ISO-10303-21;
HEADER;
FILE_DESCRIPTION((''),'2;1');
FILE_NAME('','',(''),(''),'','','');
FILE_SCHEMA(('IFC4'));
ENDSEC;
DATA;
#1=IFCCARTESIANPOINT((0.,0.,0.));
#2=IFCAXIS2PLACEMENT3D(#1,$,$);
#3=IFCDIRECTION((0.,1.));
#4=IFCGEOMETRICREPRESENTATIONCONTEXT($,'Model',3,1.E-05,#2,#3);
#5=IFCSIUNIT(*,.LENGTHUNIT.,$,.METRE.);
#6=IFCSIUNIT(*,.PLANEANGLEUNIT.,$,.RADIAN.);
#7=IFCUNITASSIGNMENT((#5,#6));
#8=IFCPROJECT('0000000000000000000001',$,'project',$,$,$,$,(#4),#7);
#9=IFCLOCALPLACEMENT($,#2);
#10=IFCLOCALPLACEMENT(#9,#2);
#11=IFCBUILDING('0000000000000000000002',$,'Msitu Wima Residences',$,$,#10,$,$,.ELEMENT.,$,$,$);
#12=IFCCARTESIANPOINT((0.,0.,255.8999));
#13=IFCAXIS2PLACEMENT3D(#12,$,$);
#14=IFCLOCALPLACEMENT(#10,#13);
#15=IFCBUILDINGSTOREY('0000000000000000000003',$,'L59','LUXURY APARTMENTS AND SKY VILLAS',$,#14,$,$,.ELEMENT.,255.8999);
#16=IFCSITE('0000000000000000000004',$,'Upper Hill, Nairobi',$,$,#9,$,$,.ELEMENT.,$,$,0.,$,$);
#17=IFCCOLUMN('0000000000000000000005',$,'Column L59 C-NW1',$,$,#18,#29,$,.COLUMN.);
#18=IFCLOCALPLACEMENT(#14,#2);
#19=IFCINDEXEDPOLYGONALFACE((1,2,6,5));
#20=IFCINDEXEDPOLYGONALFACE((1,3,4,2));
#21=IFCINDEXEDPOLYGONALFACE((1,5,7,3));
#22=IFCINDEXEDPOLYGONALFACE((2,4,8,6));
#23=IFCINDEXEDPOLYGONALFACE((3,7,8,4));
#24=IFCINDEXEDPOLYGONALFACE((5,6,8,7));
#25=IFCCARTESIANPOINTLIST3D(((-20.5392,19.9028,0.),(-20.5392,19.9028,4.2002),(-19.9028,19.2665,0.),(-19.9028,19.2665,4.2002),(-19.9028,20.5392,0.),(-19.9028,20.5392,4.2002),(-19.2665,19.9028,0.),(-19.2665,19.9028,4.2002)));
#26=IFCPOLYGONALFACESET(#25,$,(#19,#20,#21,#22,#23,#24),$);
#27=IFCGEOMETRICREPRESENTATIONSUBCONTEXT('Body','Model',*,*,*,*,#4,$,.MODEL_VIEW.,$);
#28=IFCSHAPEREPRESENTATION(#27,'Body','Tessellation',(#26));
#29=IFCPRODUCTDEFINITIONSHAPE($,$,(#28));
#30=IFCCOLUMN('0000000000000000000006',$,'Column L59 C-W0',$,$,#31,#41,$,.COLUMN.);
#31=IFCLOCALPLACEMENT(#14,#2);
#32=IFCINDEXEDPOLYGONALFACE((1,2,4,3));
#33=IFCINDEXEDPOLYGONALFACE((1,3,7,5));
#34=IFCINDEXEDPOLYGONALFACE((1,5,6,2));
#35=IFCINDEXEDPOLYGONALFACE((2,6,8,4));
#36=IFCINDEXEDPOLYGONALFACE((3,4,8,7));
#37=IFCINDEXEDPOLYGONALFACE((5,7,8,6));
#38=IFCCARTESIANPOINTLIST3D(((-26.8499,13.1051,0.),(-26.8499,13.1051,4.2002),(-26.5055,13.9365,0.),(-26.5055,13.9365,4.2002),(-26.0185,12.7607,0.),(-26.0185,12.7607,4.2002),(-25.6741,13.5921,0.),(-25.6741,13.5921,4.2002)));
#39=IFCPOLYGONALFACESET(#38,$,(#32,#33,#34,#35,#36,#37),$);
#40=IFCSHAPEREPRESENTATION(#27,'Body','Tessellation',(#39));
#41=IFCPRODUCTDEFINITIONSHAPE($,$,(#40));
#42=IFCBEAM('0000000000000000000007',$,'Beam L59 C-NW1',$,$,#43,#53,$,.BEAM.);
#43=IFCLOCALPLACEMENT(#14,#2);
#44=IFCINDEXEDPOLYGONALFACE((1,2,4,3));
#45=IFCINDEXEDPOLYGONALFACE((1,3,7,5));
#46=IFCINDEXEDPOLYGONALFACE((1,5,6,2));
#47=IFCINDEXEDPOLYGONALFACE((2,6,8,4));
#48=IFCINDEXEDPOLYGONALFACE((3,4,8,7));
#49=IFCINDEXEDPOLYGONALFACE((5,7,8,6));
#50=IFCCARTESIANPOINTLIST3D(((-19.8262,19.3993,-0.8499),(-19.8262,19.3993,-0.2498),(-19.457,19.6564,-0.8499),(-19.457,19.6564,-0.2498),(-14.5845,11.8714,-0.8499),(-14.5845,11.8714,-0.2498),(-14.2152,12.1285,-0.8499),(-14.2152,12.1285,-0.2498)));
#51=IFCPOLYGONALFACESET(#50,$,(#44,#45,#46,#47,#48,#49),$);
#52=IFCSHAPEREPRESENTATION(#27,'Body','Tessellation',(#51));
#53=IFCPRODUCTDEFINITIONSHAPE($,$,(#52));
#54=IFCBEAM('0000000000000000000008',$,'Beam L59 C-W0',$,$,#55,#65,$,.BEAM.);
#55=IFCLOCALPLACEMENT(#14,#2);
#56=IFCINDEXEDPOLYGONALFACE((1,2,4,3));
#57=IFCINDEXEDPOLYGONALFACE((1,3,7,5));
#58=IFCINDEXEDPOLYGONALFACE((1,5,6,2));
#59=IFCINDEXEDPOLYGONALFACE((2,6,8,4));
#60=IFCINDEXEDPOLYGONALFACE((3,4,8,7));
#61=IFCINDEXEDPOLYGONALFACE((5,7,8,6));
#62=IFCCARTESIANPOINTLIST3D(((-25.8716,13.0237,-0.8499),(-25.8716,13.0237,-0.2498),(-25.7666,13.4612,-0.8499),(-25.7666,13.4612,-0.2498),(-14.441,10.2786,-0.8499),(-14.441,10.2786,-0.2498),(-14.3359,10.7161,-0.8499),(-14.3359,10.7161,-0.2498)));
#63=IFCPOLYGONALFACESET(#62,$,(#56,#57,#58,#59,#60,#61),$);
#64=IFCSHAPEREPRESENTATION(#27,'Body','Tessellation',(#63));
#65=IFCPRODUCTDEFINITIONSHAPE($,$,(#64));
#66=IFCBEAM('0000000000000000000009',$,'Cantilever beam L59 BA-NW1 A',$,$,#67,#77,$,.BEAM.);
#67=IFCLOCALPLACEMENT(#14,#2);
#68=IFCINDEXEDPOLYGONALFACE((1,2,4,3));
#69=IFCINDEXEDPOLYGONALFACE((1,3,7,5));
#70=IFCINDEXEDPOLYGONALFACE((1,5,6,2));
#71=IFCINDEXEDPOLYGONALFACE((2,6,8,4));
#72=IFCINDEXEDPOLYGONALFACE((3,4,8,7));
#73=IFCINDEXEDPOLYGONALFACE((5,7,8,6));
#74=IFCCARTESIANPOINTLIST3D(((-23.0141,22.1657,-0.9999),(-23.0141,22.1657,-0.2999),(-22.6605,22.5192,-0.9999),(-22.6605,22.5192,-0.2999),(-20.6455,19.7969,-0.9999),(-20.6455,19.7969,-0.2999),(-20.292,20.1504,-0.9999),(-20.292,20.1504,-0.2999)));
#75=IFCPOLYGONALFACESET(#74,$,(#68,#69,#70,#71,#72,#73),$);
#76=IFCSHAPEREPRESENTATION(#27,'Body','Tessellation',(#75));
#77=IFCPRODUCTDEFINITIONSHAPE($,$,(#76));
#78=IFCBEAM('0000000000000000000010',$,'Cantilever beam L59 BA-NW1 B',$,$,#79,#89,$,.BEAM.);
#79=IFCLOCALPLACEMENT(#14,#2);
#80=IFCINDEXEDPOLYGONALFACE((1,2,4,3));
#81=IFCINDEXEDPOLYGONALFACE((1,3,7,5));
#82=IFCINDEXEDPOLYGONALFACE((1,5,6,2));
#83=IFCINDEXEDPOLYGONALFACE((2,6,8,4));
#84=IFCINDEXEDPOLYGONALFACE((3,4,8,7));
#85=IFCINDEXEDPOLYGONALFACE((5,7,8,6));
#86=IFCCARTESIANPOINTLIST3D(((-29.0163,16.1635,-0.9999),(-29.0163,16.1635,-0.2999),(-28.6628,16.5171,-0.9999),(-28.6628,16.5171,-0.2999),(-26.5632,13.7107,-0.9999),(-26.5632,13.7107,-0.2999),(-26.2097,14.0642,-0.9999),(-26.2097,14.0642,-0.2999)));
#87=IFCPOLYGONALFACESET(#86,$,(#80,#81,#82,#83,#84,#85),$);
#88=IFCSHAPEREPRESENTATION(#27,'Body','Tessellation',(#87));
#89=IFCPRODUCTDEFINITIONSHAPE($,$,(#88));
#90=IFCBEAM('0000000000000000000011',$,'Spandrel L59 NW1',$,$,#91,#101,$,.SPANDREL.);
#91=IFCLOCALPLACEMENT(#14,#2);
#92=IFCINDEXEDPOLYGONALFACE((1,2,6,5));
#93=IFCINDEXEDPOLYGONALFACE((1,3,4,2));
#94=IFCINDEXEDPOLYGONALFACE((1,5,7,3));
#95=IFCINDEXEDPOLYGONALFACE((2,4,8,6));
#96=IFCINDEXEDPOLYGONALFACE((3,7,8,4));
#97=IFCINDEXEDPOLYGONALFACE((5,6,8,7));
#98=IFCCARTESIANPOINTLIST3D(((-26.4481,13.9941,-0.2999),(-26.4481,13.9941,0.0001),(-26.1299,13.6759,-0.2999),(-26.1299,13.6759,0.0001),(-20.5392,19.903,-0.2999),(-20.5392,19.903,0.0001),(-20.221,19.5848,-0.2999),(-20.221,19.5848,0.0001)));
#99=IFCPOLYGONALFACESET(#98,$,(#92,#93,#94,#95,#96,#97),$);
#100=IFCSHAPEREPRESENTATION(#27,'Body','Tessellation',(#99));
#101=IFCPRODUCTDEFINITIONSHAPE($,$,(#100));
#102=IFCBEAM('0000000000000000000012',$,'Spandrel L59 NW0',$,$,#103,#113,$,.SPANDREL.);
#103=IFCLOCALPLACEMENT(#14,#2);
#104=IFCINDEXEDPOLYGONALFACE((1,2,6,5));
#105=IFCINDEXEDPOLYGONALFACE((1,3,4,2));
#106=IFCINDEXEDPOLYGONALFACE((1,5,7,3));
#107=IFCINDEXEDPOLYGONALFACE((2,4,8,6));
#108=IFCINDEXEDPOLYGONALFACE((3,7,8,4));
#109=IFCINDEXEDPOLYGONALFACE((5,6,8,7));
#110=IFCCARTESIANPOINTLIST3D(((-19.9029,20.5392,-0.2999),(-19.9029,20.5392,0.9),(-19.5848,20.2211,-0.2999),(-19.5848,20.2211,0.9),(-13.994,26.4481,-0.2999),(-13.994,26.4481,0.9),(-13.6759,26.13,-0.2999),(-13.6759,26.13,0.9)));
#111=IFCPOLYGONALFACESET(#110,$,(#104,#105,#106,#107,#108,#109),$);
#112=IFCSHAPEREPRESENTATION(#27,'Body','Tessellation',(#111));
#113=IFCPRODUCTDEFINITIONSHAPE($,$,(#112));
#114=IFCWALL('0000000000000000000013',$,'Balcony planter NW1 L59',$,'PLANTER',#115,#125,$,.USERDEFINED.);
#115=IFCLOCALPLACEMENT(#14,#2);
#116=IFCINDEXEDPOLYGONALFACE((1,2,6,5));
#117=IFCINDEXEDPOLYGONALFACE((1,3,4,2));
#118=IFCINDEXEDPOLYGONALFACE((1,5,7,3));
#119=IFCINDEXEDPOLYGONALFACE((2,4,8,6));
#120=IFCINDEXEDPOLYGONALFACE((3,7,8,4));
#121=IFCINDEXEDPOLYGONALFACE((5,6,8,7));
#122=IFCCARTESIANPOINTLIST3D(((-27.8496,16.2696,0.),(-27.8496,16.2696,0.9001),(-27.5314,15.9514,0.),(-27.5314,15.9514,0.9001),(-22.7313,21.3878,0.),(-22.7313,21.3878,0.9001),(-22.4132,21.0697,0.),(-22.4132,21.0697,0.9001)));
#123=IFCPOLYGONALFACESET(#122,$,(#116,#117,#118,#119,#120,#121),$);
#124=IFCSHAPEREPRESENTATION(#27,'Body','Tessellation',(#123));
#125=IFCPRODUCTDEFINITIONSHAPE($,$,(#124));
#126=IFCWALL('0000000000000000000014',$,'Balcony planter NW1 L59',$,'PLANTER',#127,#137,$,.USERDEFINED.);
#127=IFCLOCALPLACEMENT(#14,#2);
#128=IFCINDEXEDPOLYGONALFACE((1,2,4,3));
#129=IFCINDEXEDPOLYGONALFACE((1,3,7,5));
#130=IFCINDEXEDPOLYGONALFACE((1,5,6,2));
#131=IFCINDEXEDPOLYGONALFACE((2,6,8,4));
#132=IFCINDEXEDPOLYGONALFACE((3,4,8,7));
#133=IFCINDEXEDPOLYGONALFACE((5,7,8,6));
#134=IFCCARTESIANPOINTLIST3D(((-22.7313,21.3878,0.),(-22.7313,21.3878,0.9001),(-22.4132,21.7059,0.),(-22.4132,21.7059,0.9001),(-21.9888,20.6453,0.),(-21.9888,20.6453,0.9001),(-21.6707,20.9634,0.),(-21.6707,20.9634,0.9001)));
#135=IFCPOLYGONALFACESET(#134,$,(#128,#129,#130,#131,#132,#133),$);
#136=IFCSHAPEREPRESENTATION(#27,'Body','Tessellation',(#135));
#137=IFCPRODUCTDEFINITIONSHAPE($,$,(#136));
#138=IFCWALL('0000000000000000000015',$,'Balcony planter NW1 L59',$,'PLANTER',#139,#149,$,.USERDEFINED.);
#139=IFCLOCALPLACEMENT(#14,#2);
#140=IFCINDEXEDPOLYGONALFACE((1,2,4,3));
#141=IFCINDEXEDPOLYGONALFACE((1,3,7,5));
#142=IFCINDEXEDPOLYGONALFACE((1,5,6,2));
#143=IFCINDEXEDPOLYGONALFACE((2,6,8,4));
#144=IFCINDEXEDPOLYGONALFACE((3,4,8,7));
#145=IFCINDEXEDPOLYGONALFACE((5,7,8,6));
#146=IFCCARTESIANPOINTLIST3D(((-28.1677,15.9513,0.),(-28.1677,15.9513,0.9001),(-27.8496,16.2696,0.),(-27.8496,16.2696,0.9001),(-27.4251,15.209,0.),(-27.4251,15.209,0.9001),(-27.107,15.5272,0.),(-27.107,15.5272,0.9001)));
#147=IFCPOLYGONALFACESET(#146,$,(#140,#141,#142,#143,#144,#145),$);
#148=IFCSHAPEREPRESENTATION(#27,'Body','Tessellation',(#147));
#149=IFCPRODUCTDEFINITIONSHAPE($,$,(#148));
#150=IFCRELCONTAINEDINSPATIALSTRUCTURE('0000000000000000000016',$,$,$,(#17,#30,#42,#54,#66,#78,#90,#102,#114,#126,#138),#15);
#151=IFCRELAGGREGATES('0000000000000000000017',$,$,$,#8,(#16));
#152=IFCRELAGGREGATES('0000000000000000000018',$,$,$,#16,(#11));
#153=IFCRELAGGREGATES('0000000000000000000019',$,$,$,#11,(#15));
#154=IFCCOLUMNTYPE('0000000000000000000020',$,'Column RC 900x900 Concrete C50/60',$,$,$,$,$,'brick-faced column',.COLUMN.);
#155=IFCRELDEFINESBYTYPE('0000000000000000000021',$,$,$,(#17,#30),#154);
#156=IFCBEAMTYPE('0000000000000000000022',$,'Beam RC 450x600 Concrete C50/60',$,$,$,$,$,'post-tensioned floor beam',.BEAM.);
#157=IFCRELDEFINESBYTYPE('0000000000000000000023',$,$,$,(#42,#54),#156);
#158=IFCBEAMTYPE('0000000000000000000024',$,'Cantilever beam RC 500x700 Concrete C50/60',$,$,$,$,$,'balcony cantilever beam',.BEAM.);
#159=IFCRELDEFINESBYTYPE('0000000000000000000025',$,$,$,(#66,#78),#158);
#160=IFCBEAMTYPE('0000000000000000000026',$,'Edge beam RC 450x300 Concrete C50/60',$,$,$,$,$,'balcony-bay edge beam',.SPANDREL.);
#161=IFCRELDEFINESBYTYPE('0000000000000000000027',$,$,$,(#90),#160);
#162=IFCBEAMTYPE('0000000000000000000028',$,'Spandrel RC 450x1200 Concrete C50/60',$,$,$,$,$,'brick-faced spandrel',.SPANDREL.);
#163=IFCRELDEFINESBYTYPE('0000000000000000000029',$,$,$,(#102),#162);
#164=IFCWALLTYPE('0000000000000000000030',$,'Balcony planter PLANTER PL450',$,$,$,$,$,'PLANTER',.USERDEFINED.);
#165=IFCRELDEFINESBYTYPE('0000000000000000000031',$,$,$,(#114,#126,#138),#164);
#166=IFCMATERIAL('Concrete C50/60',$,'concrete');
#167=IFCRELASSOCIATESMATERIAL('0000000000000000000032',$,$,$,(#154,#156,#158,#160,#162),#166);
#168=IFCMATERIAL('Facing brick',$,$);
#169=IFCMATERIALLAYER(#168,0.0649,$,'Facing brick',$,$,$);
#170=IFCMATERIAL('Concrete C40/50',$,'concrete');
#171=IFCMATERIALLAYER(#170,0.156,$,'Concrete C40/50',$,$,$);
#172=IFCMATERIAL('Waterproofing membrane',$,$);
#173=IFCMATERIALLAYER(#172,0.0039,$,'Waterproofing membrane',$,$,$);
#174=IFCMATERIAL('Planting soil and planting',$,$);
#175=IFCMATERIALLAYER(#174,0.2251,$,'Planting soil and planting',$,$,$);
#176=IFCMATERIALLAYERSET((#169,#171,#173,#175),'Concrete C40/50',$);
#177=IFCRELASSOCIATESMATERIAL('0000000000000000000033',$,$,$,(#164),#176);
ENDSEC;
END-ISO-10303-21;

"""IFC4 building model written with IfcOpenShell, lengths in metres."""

from ifc_helpers import new_model, si_unit, direction, frame, frame_2d, origin, origin_2d, place, context, subcontext, project, spatial, rectangle, extrude, material, layer, layer_set, material_profile, profile_set, type_object, element, save


model = new_model("IFC4")

# Units and contexts
model_context = context("Model", 3, precision=1e-05, world=origin(), true_north=direction((0.0, 1.0)))
body_context = subcontext(model_context, "Body", "Model", "MODEL_VIEW")
ifc_project = project(units=[si_unit("LENGTHUNIT", "METRE"), si_unit("PLANEANGLEUNIT", "RADIAN")], contexts=[model_context])

# Site, building, storey
site_placement = place(None, origin())
site = spatial("IfcSite", under=ifc_project, at=site_placement, Name="Upper Hill, Nairobi", CompositionType="ELEMENT", RefElevation=0.0)
building_placement = place(site_placement, origin())
building = spatial("IfcBuilding", under=site, at=building_placement, Name="Msitu Wima Residences", CompositionType="ELEMENT")
storey_placement = place(building_placement, frame((0.0, 0.0, 255.8999)))
storey = spatial("IfcBuildingStorey", under=building, at=storey_placement, Name="L59", Description="LUXURY APARTMENTS AND SKY VILLAS", CompositionType="ELEMENT", Elevation=255.8999)

# Columns
ifc_material_1 = material(Name="Concrete C50/60", Category="concrete")
ifc_material_profile_1 = material_profile(ifc_material_1, rectangle(XDim=0.8999, YDim=0.8999, at=origin_2d()), Name="RC 900x900")
ifc_profile_set_1 = profile_set([ifc_material_profile_1], Name="Concrete C50/60")
column_type = type_object("IfcColumnType", Name="Column RC 900x900 Concrete C50/60", ElementType="brick-faced column", PredefinedType="COLUMN", material=ifc_profile_set_1)
for number, where, z_axis, x_axis, name in (
    (1, (-19.9028, 19.9028, 0.0), (0.0, 0.0, 1.0), (-0.707107, -0.707107, 0.0), "Column L59 C-NW1"),
    (2, (-26.262, 13.3486, 0.0), (0.0, 0.0, 1.0), (-0.382683, -0.92388, 0.0), "Column L59 C-W0"),
):
    element("IfcColumn", number, at=place(storey_placement, frame(where, z_axis=z_axis, x_axis=x_axis)), inside=storey, type_object=column_type, Name=name, PredefinedType="COLUMN", context=body_context, shape_type="SweptSolid", body=[
        extrude(rectangle(XDim=0.8999, YDim=0.8999, at=origin_2d()), origin(), (0.0, 0.0, 1.0), 4.2002),
    ])

# Beams
ifc_material_profile_2 = material_profile(ifc_material_1, rectangle(XDim=0.45, YDim=0.6001, at=origin_2d()), Name="RC 450x600")
ifc_profile_set_2 = profile_set([ifc_material_profile_2], Name="Concrete C50/60")
beam_type_1 = type_object("IfcBeamType", Name="Beam RC 450x600 Concrete C50/60", ElementType="post-tensioned floor beam", PredefinedType="BEAM", material=ifc_profile_set_2)
beam_1_placement = place(storey_placement, frame((-19.6416, 19.5278, -0.5498), z_axis=(0.571428, -0.820652, 0.0), x_axis=(0.820652, 0.571428, 0.0)))
element("IfcBeam", 3, at=beam_1_placement, inside=storey, type_object=beam_type_1, Name="Beam L59 C-NW1", PredefinedType="BEAM", context=body_context, shape_type="SweptSolid", body=[
    extrude(rectangle(XDim=0.45, YDim=0.6001, at=origin_2d()), origin(), (0.0, 0.0, 1.0), 9.1731),
])
beam_2_placement = place(storey_placement, frame((-25.8191, 13.2424, -0.5498), z_axis=(0.972353, -0.233514, 0.0), x_axis=(0.233514, 0.972353, 0.0)))
element("IfcBeam", 4, at=beam_2_placement, inside=storey, type_object=beam_type_1, Name="Beam L59 C-W0", PredefinedType="BEAM", context=body_context, shape_type="SweptSolid", body=[
    extrude(rectangle(XDim=0.45, YDim=0.6001, at=origin_2d()), origin(), (0.0, 0.0, 1.0), 11.7556),
])
ifc_material_profile_3 = material_profile(ifc_material_1, rectangle(XDim=0.5, YDim=0.7, at=origin_2d()), Name="RC 500x700")
ifc_profile_set_3 = profile_set([ifc_material_profile_3], Name="Concrete C50/60")
beam_type_2 = type_object("IfcBeamType", Name="Cantilever beam RC 500x700 Concrete C50/60", ElementType="balcony cantilever beam", PredefinedType="BEAM", material=ifc_profile_set_3)
beam_3_placement = place(storey_placement, frame((-20.4688, 19.9736, -0.6499), z_axis=(-0.70707, 0.707143, 0.0), x_axis=(-0.707143, -0.70707, 0.0)))
element("IfcBeam", 5, at=beam_3_placement, inside=storey, type_object=beam_type_2, Name="Cantilever beam L59 BA-NW1 A", PredefinedType="BEAM", context=body_context, shape_type="SweptSolid", body=[
    extrude(rectangle(XDim=0.5, YDim=0.7, at=origin_2d()), origin(), (0.0, 0.0, 1.0), 3.3499),
])
beam_4_placement = place(storey_placement, frame((-26.3865, 13.8875, -0.6499), z_axis=(-0.707142, 0.707072, 0.0), x_axis=(-0.707072, -0.707142, 0.0)))
element("IfcBeam", 6, at=beam_4_placement, inside=storey, type_object=beam_type_2, Name="Cantilever beam L59 BA-NW1 B", PredefinedType="BEAM", context=body_context, shape_type="SweptSolid", body=[
    extrude(rectangle(XDim=0.5, YDim=0.7, at=origin_2d()), origin(), (0.0, 0.0, 1.0), 3.469),
])
ifc_material_profile_4 = material_profile(ifc_material_1, rectangle(XDim=0.45, YDim=0.3, at=origin_2d()), Name="RC 450x300")
ifc_profile_set_4 = profile_set([ifc_material_profile_4], Name="Concrete C50/60")
beam_type_3 = type_object("IfcBeamType", Name="Edge beam RC 450x300 Concrete C50/60", ElementType="balcony-bay edge beam", PredefinedType="SPANDREL", material=ifc_profile_set_4)
beam_5_placement = place(storey_placement, frame((-20.3801, 19.7439, -0.1499), z_axis=(-0.707107, -0.707107, 0.0), x_axis=(0.707107, -0.707107, 0.0)))
element("IfcBeam", 7, at=beam_5_placement, inside=storey, type_object=beam_type_3, Name="Spandrel L59 NW1", PredefinedType="SPANDREL", context=body_context, shape_type="SweptSolid", body=[
    extrude(rectangle(XDim=0.45, YDim=0.3, at=origin_2d()), origin(), (0.0, 0.0, 1.0), 8.3564),
])
ifc_material_profile_5 = material_profile(ifc_material_1, rectangle(XDim=0.45, YDim=1.2, at=origin_2d()), Name="RC 450x1200")
ifc_profile_set_5 = profile_set([ifc_material_profile_5], Name="Concrete C50/60")
beam_type_4 = type_object("IfcBeamType", Name="Spandrel RC 450x1200 Concrete C50/60", ElementType="brick-faced spandrel", PredefinedType="SPANDREL", material=ifc_profile_set_5)
beam_6_placement = place(storey_placement, frame((-13.835, 26.2891, 0.3), z_axis=(-0.707107, -0.707107, 0.0), x_axis=(0.707107, -0.707107, 0.0)))
element("IfcBeam", 8, at=beam_6_placement, inside=storey, type_object=beam_type_4, Name="Spandrel L59 NW0", PredefinedType="SPANDREL", context=body_context, shape_type="SweptSolid", body=[
    extrude(rectangle(XDim=0.45, YDim=1.2, at=origin_2d()), origin(), (0.0, 0.0, 1.0), 8.3564),
])

# Walls
ifc_material_2 = material(Name="Facing brick")
ifc_layer_1 = layer(ifc_material_2, 0.0649, Name="Facing brick")
ifc_material_3 = material(Name="Concrete C40/50", Category="concrete")
ifc_layer_2 = layer(ifc_material_3, 0.156, Name="Concrete C40/50")
ifc_material_4 = material(Name="Waterproofing membrane")
ifc_layer_3 = layer(ifc_material_4, 0.0039, Name="Waterproofing membrane")
ifc_material_5 = material(Name="Planting soil and planting")
ifc_layer_4 = layer(ifc_material_5, 0.2251, Name="Planting soil and planting")
ifc_layer_set_1 = layer_set([ifc_layer_1, ifc_layer_2, ifc_layer_3, ifc_layer_4], Name="Concrete C40/50")
wall_type_1 = type_object("IfcWallType", Name="Balcony planter PLANTER PL450", ElementType="PLANTER", PredefinedType="USERDEFINED", material=ifc_layer_set_1)
wall_1_placement = place(storey_placement, frame((-22.5723, 21.2288, 0.0), z_axis=(0.0, 0.0, 1.0), x_axis=(-0.707107, -0.707107, 0.0)))
element("IfcWall", 9, at=wall_1_placement, inside=storey, type_object=wall_type_1, Name="Balcony planter NW1 L59", ObjectType="PLANTER", PredefinedType="USERDEFINED", context=body_context, shape_type="SweptSolid", body=[
    extrude(rectangle(XDim=7.2383, YDim=0.45, at=frame_2d((3.6191, 0.0))), origin(), (0.0, 0.0, 1.0), 0.9001),
])
for number, where, z_axis, x_axis, name in (
    (10, (-21.8298, 20.8044, 0.0), (0.0, 0.0, 1.0), (-0.707107, 0.707107, 0.0), "Balcony planter NW1 L59"),
    (11, (-27.2661, 15.3682, 0.0), (0.0, 0.0, 1.0), (-0.707223, 0.706991, 0.0), "Balcony planter NW1 L59"),
):
    element("IfcWall", number, at=place(storey_placement, frame(where, z_axis=z_axis, x_axis=x_axis)), inside=storey, type_object=wall_type_1, Name=name, ObjectType="PLANTER", PredefinedType="USERDEFINED", context=body_context, shape_type="SweptSolid", body=[
        extrude(rectangle(XDim=1.05, YDim=0.45, at=frame_2d((0.5249, 0.0))), origin(), (0.0, 0.0, 1.0), 0.9001),
    ])

save(model, "model.ifc")
